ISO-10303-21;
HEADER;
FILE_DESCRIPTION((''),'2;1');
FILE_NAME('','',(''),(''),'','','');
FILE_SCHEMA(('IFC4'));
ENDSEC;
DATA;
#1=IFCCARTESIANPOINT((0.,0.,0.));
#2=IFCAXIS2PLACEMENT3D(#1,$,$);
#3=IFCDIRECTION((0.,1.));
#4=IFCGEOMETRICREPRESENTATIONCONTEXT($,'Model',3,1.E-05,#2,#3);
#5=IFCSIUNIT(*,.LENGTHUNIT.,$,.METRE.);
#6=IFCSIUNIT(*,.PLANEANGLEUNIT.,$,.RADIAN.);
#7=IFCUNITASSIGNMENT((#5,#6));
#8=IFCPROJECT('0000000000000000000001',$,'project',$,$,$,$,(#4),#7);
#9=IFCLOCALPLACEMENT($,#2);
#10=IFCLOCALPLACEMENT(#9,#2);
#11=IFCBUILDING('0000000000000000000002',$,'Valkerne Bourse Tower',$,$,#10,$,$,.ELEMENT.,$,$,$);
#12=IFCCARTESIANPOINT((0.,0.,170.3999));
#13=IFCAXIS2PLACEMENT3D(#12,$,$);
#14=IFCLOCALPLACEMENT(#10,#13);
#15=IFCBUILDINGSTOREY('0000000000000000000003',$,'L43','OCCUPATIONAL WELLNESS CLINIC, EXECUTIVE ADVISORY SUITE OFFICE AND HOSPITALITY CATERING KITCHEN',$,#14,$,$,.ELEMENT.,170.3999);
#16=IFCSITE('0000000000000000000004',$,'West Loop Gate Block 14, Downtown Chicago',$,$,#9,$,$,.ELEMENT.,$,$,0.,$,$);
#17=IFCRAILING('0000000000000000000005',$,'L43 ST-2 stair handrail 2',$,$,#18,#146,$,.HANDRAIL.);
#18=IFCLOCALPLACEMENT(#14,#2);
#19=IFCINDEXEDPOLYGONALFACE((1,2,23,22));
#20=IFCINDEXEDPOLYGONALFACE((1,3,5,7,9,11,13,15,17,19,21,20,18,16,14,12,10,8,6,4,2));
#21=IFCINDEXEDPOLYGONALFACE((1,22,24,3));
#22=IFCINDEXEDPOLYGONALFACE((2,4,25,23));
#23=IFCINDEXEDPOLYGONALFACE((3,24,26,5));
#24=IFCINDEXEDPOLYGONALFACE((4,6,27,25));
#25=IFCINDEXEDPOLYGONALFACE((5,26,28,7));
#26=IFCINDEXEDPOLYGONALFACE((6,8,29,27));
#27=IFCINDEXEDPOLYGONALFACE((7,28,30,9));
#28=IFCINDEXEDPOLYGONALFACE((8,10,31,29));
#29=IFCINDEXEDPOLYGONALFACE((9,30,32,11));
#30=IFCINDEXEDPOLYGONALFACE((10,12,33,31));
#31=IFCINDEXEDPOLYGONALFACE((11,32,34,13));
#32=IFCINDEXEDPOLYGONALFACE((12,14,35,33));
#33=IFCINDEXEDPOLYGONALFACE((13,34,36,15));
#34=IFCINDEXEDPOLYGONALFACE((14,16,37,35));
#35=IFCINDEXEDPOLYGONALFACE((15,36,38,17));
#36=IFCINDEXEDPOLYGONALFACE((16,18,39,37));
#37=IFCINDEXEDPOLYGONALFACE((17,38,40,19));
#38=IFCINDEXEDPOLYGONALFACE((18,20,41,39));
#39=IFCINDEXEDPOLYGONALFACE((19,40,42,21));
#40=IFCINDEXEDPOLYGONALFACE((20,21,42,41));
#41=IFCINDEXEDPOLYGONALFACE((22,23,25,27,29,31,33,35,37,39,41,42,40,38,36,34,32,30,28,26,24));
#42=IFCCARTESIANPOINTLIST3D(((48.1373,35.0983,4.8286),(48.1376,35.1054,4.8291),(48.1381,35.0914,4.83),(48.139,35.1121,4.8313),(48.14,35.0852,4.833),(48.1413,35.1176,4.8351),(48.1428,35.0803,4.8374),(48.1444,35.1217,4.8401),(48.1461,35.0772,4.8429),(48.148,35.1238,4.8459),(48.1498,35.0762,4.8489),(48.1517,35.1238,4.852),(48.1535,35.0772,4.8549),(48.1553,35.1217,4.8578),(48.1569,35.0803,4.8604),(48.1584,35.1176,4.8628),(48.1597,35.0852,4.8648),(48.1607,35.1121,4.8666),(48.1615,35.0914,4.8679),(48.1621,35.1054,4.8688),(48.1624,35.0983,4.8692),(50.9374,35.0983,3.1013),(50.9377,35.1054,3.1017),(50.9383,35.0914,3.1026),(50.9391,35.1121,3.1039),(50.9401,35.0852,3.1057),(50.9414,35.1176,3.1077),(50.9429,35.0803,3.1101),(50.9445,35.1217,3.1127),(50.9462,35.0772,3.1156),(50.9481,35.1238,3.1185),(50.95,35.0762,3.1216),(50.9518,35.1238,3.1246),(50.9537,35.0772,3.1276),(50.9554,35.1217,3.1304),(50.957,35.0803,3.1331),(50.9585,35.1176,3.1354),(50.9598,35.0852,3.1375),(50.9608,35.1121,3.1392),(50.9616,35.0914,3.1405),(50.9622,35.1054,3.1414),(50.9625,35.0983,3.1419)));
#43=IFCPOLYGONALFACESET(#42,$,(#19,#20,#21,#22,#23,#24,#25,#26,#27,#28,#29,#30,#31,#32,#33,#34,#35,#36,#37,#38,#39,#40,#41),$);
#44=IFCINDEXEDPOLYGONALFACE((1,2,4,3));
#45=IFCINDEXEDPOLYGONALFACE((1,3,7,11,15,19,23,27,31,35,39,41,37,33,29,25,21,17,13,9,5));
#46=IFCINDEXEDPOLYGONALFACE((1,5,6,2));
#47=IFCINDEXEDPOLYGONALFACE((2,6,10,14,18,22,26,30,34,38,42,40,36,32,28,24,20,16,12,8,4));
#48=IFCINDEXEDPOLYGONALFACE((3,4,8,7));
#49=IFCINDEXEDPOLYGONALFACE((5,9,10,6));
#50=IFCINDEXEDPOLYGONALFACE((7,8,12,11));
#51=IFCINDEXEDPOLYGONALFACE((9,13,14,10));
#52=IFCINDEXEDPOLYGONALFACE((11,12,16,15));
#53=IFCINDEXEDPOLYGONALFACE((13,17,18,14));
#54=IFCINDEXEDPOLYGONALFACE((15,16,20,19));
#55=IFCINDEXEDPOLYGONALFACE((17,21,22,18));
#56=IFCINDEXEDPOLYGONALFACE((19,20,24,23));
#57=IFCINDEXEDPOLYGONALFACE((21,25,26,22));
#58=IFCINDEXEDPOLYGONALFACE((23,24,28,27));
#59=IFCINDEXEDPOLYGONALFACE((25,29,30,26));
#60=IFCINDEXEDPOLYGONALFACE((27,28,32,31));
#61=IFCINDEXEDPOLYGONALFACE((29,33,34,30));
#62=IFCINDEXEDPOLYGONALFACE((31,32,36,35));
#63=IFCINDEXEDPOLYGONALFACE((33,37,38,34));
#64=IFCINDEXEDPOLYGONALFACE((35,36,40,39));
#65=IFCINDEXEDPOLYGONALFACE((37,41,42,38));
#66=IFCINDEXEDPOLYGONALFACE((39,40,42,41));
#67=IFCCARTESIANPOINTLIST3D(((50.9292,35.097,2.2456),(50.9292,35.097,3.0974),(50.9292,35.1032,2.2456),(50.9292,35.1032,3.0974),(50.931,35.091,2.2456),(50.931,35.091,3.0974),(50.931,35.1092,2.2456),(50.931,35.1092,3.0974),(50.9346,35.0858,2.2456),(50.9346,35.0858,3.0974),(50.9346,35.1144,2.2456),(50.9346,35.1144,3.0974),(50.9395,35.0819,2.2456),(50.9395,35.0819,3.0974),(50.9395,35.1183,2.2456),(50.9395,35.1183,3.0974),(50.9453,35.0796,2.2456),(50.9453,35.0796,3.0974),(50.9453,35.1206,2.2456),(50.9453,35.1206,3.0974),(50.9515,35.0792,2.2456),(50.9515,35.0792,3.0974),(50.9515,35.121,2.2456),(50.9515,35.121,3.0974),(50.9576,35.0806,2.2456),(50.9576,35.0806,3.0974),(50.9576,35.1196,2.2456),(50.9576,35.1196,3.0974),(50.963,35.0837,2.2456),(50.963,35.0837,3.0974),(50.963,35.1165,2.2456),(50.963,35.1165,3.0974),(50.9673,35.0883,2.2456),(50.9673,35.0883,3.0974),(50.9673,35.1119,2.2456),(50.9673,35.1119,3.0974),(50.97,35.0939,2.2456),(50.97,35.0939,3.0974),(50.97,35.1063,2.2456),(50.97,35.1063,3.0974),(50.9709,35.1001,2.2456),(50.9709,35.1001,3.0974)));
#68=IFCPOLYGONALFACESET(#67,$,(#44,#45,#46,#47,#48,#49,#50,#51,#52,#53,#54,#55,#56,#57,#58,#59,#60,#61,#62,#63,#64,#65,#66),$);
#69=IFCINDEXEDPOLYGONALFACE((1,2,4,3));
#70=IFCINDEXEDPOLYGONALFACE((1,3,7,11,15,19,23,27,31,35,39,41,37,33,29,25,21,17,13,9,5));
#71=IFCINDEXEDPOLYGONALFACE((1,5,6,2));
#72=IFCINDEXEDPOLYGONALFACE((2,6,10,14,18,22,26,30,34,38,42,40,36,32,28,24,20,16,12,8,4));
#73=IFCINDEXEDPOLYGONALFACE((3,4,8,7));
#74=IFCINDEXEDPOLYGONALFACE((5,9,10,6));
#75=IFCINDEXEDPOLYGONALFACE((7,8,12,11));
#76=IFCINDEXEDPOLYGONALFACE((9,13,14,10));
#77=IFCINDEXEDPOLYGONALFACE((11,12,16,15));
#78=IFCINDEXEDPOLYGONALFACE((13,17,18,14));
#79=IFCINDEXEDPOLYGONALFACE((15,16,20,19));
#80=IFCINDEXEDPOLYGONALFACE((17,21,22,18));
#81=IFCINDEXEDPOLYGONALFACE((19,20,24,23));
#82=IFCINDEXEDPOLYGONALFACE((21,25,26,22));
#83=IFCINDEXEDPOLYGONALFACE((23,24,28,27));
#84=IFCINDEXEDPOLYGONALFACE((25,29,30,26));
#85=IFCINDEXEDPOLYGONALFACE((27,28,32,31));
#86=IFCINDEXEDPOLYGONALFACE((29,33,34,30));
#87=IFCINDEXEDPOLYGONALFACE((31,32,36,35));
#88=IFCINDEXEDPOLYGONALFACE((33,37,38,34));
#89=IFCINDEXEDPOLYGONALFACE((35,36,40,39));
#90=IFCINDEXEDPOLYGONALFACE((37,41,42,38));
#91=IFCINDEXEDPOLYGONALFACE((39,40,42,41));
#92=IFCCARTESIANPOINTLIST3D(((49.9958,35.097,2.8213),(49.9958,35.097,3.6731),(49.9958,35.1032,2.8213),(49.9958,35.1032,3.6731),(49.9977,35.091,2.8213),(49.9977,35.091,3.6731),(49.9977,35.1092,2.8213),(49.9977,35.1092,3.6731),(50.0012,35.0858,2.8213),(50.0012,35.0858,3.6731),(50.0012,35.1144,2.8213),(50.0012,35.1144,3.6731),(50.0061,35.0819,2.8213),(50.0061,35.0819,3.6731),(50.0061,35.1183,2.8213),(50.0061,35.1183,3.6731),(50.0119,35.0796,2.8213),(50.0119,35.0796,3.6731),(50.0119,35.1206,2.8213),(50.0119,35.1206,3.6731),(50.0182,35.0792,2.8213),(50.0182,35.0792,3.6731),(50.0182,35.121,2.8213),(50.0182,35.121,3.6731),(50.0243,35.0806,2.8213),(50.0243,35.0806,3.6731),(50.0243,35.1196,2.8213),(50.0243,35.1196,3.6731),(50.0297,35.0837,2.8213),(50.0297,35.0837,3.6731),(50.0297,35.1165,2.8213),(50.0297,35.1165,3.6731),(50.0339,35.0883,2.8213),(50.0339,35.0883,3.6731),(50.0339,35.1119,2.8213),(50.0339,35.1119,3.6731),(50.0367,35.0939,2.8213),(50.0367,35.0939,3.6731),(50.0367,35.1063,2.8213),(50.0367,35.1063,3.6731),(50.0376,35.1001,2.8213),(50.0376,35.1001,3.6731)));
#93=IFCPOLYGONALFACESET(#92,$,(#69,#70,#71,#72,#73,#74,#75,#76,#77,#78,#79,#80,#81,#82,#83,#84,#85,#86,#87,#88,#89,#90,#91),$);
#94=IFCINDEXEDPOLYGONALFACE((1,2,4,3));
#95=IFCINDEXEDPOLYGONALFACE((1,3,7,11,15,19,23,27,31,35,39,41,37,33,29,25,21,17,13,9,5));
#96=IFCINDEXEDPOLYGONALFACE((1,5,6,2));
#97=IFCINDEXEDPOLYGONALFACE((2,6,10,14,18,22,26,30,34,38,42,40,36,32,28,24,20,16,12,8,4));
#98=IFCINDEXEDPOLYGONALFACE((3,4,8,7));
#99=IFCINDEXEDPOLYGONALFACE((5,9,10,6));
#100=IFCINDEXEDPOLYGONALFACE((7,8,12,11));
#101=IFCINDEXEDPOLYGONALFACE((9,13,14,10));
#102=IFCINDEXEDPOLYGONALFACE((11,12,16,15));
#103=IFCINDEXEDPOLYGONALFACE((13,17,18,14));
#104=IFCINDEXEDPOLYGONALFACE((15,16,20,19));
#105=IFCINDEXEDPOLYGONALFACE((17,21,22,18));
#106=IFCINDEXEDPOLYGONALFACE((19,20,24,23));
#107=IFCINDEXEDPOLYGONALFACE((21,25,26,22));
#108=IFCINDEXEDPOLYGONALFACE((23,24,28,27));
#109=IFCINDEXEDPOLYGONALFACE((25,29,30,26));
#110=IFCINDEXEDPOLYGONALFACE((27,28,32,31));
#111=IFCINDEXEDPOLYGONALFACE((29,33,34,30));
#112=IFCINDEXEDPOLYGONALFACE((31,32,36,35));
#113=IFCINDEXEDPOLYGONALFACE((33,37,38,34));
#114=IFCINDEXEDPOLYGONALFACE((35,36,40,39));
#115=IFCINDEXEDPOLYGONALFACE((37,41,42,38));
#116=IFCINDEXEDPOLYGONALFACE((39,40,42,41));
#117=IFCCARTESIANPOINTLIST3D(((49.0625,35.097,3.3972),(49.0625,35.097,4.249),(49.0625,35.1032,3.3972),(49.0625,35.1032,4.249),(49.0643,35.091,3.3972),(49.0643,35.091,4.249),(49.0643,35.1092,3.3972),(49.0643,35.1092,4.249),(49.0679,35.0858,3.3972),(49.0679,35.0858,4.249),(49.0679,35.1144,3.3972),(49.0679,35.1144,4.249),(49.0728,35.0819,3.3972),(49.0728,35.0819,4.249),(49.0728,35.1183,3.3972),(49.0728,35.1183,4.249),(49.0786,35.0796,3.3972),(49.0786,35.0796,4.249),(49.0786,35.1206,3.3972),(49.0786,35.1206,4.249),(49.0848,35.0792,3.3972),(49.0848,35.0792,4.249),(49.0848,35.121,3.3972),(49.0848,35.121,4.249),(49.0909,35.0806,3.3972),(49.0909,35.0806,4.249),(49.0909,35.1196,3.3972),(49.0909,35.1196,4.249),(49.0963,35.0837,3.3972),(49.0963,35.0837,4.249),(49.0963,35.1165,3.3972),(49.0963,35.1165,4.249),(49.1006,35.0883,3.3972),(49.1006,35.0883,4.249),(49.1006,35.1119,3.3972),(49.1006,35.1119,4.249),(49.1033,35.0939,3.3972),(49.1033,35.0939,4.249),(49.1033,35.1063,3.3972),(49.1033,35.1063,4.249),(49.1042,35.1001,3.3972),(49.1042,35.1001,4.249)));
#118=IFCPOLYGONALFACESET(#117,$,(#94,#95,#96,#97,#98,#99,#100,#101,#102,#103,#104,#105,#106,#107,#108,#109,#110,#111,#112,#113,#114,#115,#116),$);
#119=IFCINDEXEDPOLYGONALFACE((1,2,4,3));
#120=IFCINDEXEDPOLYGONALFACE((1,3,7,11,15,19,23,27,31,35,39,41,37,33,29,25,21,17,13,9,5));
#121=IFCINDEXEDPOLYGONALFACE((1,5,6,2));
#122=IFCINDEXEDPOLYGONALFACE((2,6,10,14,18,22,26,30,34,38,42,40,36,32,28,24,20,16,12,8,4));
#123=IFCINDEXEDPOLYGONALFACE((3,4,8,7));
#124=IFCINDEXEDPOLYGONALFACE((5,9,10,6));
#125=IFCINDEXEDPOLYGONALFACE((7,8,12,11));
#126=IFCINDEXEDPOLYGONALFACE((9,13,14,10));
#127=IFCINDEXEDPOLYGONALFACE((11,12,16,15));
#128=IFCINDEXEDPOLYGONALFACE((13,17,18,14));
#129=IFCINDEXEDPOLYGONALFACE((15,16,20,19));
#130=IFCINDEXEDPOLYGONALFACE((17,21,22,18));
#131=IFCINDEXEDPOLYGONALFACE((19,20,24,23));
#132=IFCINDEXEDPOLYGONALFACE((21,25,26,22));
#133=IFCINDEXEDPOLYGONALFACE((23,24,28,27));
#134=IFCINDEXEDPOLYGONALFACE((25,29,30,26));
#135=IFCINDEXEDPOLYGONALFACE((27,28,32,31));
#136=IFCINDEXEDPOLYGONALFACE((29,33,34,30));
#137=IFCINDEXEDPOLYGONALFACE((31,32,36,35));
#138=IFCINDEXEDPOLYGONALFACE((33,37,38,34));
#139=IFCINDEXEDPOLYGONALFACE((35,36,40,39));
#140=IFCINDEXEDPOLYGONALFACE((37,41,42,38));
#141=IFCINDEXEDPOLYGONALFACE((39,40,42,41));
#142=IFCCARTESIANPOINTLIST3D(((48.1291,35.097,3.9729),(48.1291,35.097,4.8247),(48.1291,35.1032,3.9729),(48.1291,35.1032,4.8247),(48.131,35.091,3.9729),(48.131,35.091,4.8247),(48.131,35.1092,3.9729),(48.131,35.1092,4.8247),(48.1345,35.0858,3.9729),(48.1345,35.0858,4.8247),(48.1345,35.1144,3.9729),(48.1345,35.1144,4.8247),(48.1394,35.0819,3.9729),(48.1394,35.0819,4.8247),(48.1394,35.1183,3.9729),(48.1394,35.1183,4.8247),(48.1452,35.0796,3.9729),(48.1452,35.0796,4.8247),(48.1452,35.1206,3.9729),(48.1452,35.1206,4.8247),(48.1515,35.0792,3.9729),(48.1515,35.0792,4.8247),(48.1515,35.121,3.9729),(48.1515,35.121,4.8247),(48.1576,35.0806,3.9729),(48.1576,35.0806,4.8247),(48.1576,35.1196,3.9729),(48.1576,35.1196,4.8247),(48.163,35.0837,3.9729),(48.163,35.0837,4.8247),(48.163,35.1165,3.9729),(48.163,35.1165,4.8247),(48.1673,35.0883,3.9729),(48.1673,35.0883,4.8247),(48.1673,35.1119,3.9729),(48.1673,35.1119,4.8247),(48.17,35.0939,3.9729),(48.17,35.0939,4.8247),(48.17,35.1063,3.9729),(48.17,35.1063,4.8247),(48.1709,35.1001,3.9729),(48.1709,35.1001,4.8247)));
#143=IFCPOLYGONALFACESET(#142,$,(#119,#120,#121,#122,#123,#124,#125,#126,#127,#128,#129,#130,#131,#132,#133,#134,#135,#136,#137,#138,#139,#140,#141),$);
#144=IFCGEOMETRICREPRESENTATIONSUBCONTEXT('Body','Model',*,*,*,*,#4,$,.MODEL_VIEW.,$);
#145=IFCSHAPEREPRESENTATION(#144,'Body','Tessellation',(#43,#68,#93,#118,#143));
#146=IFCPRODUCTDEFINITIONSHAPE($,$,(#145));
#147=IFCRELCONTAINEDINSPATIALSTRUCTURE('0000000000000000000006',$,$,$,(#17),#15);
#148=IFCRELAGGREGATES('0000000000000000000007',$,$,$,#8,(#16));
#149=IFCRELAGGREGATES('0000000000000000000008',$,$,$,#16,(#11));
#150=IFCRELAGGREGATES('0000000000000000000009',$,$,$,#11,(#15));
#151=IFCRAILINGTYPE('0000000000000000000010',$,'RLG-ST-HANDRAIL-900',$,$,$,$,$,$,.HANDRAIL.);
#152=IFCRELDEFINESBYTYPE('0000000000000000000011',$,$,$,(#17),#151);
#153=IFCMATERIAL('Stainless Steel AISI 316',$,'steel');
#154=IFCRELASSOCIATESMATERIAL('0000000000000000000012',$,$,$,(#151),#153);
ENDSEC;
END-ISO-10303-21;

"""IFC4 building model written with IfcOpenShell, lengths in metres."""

from ifc_helpers import new_model, si_unit, direction, frame, origin, origin_2d, place, context, subcontext, project, spatial, circle, extrude, material, type_object, element, save


model = new_model("IFC4")

# Units and contexts
model_context = context("Model", 3, precision=1e-05, world=origin(), true_north=direction((0.0, 1.0)))
body_context = subcontext(model_context, "Body", "Model", "MODEL_VIEW")
ifc_project = project(units=[si_unit("LENGTHUNIT", "METRE"), si_unit("PLANEANGLEUNIT", "RADIAN")], contexts=[model_context])

# Site, building, storey
site_placement = place(None, origin())
site = spatial("IfcSite", under=ifc_project, at=site_placement, Name="West Loop Gate Block 14, Downtown Chicago", CompositionType="ELEMENT", RefElevation=0.0)
building_placement = place(site_placement, origin())
building = spatial("IfcBuilding", under=site, at=building_placement, Name="Valkerne Bourse Tower", CompositionType="ELEMENT")
storey_placement = place(building_placement, frame((0.0, 0.0, 170.3999)))
storey = spatial("IfcBuildingStorey", under=building, at=storey_placement, Name="L43", Description="OCCUPATIONAL WELLNESS CLINIC, EXECUTIVE ADVISORY SUITE OFFICE AND HOSPITALITY CATERING KITCHEN", CompositionType="ELEMENT", Elevation=170.3999)

# Shared definitions
ifc_material_1 = material(Name="Stainless Steel AISI 316", Category="steel")

# Railing
railing_type_1 = type_object("IfcRailingType", Name="RLG-ST-HANDRAIL-900", PredefinedType="HANDRAIL", material=ifc_material_1)
railing_1_placement = place(storey_placement, frame((50.95, 35.1001, 2.2456)))
element("IfcRailing", 1, at=railing_1_placement, inside=storey, type_object=railing_type_1, Name="L43 ST-2 stair handrail 2", PredefinedType="HANDRAIL", context=body_context, shape_type="SweptSolid", body=[
    extrude(circle(Radius=0.0239, at=origin_2d()), frame((0.0, 0.0, 0.876), z_axis=(-0.85109, 0.0, 0.52502), x_axis=(0.0, -1.0, 0.0)), (0.0, 0.0, 1.0), 3.29),
    extrude(circle(Radius=0.021, at=origin_2d()), origin(), (0.0, 0.0, 1.0), 0.8518),
    extrude(circle(Radius=0.021, at=origin_2d()), frame((-0.9333, 0.0, 0.5757)), (0.0, 0.0, 1.0), 0.8518),
    extrude(circle(Radius=0.021, at=origin_2d()), frame((-1.8667, 0.0, 1.1516)), (0.0, 0.0, 1.0), 0.8518),
    extrude(circle(Radius=0.021, at=origin_2d()), frame((-2.8, 0.0, 1.7273)), (0.0, 0.0, 1.0), 0.8518),
])

save(model, "model.ifc")
